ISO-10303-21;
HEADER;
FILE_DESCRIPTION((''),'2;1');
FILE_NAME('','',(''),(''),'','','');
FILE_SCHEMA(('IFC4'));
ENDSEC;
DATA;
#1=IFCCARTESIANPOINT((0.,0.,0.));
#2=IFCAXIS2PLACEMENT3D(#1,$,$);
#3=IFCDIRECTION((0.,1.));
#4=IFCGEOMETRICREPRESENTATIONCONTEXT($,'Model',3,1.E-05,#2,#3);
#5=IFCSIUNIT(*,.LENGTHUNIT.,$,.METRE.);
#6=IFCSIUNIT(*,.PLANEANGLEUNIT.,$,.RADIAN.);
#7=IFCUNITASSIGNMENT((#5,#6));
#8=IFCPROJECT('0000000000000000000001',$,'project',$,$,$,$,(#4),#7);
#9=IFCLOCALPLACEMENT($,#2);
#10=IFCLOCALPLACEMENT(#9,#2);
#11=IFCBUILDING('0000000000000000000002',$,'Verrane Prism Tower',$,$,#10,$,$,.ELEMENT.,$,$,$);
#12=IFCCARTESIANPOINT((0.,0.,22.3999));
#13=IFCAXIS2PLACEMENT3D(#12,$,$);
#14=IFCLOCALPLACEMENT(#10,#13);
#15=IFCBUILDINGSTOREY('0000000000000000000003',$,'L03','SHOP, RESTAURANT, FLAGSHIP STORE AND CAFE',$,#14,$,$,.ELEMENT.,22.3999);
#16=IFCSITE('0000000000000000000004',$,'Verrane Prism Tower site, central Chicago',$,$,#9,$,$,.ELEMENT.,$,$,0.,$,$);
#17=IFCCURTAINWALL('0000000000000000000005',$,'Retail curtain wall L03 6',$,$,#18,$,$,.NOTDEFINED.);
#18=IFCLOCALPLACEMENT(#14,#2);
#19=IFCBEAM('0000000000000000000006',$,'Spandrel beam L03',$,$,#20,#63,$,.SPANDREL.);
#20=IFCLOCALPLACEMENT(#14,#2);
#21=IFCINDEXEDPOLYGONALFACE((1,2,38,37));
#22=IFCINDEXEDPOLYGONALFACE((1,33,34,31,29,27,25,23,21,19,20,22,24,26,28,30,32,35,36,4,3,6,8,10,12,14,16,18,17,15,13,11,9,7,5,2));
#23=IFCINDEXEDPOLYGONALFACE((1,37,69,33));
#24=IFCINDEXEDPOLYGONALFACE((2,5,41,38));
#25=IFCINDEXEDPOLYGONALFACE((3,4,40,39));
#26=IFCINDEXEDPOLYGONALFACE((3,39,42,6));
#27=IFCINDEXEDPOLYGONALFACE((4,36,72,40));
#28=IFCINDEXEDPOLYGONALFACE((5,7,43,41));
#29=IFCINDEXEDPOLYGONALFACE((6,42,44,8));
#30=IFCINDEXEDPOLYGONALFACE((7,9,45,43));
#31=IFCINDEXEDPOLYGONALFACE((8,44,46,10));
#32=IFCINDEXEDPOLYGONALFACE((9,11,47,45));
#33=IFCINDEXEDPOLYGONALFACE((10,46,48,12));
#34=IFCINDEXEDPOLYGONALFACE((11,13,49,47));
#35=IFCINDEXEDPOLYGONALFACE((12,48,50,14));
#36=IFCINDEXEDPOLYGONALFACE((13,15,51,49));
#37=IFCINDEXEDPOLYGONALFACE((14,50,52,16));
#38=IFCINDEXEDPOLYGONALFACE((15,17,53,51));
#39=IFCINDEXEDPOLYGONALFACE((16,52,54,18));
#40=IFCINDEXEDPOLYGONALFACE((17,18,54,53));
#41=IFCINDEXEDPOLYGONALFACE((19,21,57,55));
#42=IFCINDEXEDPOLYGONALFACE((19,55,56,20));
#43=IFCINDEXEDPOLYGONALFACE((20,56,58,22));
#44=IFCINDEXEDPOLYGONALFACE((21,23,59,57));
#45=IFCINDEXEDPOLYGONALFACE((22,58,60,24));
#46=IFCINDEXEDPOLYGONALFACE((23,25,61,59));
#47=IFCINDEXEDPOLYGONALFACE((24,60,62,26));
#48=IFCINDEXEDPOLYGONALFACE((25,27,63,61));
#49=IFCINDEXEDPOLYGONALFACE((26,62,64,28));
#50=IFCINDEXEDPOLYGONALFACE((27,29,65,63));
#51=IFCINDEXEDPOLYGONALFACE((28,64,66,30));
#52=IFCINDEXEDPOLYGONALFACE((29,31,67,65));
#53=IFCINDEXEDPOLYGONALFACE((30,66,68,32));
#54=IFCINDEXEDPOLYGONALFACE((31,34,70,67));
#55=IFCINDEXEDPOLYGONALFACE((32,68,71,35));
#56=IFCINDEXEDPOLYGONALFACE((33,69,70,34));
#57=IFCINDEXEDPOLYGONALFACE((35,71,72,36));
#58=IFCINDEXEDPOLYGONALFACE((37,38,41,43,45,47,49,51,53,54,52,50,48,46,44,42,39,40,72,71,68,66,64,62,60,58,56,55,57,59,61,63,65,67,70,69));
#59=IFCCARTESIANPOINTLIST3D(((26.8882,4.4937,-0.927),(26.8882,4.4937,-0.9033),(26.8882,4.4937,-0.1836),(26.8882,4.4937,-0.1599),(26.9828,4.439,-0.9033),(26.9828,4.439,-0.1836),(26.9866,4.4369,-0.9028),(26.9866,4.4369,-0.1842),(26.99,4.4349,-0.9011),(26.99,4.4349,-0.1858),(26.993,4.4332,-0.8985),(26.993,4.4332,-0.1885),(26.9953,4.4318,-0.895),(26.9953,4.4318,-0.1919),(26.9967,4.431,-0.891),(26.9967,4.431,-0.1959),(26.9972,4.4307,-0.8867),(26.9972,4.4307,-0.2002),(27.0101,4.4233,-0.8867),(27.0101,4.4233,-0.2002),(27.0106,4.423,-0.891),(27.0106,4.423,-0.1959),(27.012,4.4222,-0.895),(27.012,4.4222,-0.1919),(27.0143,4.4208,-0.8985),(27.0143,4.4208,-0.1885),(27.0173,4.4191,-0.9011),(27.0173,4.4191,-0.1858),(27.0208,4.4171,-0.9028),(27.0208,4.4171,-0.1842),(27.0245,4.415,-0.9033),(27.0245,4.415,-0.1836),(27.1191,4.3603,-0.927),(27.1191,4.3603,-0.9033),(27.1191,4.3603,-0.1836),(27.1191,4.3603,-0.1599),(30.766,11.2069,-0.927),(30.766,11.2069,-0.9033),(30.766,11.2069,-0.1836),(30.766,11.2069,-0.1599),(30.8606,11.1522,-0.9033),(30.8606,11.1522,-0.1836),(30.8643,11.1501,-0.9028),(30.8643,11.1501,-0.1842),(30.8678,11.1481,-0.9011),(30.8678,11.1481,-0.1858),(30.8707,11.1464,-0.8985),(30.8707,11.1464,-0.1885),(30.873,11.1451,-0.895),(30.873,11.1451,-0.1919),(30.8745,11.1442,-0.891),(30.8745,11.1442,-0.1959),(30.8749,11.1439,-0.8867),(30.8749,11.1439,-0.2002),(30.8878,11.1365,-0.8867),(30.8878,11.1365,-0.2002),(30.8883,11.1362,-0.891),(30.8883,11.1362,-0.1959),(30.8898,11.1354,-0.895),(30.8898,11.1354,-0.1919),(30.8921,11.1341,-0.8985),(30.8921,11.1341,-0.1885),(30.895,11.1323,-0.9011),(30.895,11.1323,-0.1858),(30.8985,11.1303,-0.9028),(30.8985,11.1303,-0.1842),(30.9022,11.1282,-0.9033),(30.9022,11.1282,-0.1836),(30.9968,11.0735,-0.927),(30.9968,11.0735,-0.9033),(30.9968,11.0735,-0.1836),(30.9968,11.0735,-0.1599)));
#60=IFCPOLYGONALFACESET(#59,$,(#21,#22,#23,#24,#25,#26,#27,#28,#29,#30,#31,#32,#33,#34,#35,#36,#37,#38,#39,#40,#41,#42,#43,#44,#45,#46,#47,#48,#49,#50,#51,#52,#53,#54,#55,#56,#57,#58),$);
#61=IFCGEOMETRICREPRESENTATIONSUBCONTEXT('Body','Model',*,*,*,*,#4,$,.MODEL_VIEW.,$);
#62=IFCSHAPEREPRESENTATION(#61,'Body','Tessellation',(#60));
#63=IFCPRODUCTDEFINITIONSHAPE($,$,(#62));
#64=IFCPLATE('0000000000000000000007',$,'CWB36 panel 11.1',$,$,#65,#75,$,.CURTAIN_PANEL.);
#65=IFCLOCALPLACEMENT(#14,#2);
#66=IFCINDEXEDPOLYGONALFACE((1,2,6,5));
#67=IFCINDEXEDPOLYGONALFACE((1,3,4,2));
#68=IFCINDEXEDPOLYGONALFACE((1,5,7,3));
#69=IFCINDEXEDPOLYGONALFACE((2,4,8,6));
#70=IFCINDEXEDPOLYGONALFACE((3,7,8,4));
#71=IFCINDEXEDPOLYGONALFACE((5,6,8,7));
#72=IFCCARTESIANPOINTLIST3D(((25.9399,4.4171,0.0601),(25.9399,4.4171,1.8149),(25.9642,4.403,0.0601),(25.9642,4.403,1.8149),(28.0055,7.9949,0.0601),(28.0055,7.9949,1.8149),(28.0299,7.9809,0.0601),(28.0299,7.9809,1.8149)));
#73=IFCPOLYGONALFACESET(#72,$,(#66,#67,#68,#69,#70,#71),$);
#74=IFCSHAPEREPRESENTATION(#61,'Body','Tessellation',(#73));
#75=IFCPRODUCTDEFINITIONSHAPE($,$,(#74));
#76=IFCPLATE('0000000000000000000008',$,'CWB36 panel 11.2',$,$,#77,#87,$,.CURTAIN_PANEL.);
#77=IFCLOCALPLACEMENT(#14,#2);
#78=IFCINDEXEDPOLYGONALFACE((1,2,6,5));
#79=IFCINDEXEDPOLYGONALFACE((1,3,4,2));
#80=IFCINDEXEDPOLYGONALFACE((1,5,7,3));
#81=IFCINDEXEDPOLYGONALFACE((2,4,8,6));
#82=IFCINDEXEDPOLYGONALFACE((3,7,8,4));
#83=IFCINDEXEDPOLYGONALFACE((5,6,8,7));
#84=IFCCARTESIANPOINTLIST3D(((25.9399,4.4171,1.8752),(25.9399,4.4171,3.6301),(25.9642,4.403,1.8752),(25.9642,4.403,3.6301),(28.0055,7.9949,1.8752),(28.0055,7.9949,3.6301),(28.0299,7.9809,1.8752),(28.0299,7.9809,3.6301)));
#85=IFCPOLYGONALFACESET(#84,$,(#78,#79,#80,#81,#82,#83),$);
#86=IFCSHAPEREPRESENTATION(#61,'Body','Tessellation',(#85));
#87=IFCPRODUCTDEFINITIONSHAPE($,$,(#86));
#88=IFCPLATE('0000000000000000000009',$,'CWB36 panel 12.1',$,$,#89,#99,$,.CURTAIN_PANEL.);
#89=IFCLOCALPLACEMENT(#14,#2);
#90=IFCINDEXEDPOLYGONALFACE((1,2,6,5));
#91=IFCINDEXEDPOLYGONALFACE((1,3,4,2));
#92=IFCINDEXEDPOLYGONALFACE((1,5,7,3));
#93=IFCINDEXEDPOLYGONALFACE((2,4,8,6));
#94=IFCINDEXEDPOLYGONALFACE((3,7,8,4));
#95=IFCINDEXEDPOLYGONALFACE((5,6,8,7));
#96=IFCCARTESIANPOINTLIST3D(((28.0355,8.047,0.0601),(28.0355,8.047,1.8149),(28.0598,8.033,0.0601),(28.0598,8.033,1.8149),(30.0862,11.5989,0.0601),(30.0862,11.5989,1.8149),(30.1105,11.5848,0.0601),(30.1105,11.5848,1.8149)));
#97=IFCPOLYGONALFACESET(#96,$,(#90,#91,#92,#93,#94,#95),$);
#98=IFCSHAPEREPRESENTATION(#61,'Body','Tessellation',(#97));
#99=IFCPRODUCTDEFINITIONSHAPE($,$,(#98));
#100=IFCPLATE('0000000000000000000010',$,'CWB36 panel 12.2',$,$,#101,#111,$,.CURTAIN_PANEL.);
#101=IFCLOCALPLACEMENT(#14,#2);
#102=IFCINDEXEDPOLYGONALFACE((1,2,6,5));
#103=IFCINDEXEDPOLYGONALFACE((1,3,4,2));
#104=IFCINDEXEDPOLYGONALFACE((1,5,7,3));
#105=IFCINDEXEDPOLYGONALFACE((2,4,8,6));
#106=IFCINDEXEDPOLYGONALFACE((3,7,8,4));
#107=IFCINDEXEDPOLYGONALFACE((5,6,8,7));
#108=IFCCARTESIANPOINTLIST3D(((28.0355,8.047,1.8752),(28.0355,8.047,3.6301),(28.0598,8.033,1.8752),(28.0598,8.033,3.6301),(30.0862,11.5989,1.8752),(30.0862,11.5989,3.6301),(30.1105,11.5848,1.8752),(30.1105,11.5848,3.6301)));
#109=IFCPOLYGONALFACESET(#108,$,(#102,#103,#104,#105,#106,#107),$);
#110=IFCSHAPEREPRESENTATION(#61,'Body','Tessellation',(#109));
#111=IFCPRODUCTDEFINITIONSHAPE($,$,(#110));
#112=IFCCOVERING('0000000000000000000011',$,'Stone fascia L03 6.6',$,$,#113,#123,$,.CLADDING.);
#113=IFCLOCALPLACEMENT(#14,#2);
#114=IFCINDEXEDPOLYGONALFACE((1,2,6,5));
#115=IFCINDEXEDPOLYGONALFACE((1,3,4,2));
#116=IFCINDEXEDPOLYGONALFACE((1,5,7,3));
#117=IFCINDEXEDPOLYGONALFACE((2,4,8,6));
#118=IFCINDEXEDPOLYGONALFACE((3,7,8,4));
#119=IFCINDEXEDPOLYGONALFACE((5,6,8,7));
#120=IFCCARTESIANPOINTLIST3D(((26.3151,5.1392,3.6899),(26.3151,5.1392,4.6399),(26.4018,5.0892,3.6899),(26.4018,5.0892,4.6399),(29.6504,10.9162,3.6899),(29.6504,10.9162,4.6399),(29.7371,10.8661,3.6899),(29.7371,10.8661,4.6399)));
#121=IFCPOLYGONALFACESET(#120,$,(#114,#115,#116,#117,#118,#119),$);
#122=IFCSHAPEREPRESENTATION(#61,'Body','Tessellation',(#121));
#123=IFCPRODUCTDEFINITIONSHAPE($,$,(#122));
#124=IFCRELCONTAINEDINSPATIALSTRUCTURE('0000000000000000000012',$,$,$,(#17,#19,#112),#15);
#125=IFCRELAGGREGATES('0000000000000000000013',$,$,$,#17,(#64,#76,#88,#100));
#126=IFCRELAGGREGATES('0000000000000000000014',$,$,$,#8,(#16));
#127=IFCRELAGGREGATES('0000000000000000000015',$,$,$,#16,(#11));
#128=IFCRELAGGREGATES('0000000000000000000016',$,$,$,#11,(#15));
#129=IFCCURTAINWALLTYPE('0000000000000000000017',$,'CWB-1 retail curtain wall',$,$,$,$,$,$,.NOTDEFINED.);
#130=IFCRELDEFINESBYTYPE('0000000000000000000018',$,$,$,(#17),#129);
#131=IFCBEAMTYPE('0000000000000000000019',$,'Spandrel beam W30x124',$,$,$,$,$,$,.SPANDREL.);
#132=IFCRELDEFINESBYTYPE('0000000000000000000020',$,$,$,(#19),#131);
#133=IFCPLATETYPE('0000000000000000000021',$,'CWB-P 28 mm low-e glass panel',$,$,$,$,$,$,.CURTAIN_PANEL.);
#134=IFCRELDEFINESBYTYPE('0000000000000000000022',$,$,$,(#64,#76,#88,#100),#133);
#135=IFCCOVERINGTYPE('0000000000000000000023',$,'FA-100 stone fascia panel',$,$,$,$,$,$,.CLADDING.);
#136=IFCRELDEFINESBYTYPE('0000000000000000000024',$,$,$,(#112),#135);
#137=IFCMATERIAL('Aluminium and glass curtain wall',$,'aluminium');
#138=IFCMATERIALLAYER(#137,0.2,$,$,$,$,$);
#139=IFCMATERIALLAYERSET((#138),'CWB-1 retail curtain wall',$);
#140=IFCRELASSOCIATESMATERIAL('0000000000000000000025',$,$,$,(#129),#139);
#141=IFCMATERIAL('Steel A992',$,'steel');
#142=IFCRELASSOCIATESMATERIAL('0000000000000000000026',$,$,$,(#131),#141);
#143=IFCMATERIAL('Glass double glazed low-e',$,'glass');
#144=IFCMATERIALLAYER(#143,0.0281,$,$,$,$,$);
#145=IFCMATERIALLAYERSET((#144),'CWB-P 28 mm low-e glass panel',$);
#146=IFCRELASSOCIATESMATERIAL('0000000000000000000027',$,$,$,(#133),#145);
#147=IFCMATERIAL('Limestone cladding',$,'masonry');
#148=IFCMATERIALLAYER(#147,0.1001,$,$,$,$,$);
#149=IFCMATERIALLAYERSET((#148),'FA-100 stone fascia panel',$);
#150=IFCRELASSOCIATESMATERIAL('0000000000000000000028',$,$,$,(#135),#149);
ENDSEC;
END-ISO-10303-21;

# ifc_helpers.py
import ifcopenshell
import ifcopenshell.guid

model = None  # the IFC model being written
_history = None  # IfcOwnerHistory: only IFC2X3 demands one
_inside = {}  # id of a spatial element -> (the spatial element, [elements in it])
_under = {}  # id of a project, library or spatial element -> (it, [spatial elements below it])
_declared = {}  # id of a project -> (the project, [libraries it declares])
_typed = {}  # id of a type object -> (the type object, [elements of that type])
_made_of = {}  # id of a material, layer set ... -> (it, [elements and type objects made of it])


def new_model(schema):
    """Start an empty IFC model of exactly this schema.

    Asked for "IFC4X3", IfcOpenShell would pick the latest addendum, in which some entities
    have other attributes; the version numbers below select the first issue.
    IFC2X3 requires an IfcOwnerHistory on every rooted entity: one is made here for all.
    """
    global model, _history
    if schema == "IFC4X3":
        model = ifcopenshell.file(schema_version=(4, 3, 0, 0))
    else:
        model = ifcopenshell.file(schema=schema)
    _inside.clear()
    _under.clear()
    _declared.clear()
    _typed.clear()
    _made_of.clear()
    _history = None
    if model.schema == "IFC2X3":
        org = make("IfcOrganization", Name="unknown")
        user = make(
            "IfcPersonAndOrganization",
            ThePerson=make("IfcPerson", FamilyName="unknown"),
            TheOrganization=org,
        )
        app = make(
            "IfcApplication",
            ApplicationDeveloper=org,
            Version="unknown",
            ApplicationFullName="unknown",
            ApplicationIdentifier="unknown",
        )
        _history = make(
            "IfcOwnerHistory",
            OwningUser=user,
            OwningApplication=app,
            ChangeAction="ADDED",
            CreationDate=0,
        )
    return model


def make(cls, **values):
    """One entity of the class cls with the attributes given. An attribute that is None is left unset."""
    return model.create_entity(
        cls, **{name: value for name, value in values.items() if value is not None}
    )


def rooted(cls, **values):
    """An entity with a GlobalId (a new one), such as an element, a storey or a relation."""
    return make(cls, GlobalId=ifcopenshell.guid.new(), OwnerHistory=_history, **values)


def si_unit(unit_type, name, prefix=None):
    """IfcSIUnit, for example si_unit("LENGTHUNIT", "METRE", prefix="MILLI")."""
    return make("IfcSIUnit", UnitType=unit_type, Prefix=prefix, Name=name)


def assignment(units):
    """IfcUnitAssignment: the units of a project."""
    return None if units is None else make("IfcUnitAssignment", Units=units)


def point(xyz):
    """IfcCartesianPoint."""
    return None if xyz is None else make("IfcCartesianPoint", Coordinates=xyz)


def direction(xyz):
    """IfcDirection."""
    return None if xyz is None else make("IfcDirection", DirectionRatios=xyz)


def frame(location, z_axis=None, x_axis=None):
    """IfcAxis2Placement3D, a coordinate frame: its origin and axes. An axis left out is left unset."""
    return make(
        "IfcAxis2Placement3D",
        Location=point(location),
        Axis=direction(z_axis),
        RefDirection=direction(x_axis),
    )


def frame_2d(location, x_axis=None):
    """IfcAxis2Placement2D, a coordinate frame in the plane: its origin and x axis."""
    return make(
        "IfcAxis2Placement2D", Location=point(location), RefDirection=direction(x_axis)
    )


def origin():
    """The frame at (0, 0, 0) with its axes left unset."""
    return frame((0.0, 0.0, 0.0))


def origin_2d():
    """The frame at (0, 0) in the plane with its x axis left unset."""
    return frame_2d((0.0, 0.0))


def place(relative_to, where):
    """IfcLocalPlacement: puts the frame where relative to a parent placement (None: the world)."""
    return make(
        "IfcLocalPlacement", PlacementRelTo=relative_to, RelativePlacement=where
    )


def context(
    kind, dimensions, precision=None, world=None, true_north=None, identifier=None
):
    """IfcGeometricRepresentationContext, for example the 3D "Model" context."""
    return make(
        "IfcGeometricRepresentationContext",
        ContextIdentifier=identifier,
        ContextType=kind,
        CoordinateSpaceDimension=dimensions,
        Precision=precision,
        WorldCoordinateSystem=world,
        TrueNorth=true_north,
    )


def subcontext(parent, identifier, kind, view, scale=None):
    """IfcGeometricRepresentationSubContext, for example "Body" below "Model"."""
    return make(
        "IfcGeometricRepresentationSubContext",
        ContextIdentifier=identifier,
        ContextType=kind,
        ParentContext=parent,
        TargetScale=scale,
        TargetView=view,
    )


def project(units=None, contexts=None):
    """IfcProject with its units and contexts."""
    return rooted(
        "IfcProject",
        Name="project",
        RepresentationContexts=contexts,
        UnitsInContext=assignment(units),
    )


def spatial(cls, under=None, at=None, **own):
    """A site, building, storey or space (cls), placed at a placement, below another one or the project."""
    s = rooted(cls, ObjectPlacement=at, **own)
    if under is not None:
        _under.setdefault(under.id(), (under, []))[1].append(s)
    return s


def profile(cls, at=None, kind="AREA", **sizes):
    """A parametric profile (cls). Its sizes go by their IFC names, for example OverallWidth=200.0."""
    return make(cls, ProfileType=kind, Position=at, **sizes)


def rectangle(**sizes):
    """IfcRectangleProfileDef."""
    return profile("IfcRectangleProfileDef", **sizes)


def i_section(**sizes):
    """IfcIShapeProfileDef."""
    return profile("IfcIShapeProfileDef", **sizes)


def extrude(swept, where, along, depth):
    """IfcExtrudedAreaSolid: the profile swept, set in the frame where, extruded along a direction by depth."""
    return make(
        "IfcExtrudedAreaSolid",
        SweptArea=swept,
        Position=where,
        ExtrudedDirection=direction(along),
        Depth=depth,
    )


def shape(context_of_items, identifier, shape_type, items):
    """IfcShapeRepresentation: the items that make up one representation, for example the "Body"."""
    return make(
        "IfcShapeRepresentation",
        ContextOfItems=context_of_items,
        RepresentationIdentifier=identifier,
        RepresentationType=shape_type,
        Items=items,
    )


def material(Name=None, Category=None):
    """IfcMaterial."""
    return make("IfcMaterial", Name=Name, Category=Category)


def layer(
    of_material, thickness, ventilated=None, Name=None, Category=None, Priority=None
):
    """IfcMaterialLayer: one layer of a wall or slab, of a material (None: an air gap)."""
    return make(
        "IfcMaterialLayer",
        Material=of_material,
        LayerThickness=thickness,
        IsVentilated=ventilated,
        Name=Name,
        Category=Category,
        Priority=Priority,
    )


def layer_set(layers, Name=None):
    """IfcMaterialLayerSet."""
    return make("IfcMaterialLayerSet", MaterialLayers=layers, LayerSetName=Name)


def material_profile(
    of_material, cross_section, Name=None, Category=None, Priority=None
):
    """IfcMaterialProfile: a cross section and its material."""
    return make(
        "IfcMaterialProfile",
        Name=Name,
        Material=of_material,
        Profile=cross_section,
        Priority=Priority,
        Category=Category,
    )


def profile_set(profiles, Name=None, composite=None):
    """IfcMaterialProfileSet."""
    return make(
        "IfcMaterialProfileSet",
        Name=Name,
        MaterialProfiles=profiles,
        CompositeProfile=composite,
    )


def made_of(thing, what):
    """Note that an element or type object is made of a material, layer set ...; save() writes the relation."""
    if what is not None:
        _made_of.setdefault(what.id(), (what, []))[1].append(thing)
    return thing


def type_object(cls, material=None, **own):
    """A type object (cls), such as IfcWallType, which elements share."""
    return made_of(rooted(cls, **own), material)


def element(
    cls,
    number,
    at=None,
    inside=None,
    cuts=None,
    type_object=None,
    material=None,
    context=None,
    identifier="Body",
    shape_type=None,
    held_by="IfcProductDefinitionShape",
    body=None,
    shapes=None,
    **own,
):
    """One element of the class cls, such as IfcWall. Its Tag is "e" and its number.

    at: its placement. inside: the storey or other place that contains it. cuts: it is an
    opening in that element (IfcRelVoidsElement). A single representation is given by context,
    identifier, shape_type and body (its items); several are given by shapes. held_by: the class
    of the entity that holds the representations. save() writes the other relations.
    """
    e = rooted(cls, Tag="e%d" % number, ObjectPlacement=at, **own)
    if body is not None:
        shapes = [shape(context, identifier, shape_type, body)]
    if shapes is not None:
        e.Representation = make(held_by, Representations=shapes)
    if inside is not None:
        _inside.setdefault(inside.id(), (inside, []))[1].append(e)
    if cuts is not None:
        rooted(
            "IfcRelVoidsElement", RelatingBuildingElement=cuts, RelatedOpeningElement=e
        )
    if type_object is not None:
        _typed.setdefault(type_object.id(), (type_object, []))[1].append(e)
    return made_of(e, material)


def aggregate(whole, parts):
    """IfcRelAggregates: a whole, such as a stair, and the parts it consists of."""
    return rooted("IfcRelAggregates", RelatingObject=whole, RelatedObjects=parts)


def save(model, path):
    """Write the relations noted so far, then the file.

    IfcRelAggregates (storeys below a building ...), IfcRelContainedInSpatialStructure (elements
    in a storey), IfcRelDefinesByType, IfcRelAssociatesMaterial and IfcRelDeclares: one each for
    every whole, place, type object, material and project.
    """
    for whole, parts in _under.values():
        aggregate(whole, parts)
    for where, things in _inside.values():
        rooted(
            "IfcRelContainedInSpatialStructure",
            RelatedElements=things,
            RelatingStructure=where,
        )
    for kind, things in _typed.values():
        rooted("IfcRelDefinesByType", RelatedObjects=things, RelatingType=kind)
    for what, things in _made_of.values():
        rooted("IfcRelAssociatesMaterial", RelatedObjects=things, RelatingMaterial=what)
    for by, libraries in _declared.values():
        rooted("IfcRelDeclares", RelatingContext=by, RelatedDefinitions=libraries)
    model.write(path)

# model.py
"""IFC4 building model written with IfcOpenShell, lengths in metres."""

from ifc_helpers import new_model, si_unit, direction, frame, origin, origin_2d, place, context, subcontext, project, spatial, rectangle, i_section, extrude, material, layer, layer_set, material_profile, profile_set, type_object, element, aggregate, save


model = new_model("IFC4")

# Units and contexts
model_context = context("Model", 3, precision=1e-05, world=origin(), true_north=direction((0.0, 1.0)))
body_context = subcontext(model_context, "Body", "Model", "MODEL_VIEW")
ifc_project = project(units=[si_unit("LENGTHUNIT", "METRE"), si_unit("PLANEANGLEUNIT", "RADIAN")], contexts=[model_context])

# Site, building, storey
site_placement = place(None, origin())
site = spatial("IfcSite", under=ifc_project, at=site_placement, Name="Verrane Prism Tower site, central Chicago", CompositionType="ELEMENT", RefElevation=0.0)
building_placement = place(site_placement, origin())
building = spatial("IfcBuilding", under=site, at=building_placement, Name="Verrane Prism Tower", CompositionType="ELEMENT")
storey_placement = place(building_placement, frame((0.0, 0.0, 22.3999)))
storey = spatial("IfcBuildingStorey", under=building, at=storey_placement, Name="L03", Description="SHOP, RESTAURANT, FLAGSHIP STORE AND CAFE", CompositionType="ELEMENT", Elevation=22.3999)

# Shared definitions
ifc_material_1 = material(Name="Aluminium and glass curtain wall", Category="aluminium")
ifc_layer_1 = layer(ifc_material_1, 0.2)
ifc_layer_set_1 = layer_set([ifc_layer_1], Name="CWB-1 retail curtain wall")
curtain_wall_type = type_object("IfcCurtainWallType", Name="CWB-1 retail curtain wall", PredefinedType="NOTDEFINED", material=ifc_layer_set_1)

# Curtain wall
curtain_wall_1_placement = place(storey_placement, origin())
curtain_wall_1 = element("IfcCurtainWall", 1, at=curtain_wall_1_placement, inside=storey, type_object=curtain_wall_type, Name="Retail curtain wall L03 6", PredefinedType="NOTDEFINED")

# Beam
ifc_material_2 = material(Name="Steel A992", Category="steel")
ifc_material_profile_1 = material_profile(ifc_material_2, i_section(OverallWidth=0.2666, OverallDepth=0.7671, WebThickness=0.0149, FlangeThickness=0.0237, FilletRadius=0.0166, at=origin_2d()), Name="W30x124")
ifc_profile_set_1 = profile_set([ifc_material_profile_1], Name="Steel A992")
beam_type_1 = type_object("IfcBeamType", Name="Spandrel beam W30x124", PredefinedType="SPANDREL", material=ifc_profile_set_1)
beam_1_placement = place(storey_placement, frame((27.0037, 4.427, -0.5435), z_axis=(0.500179, 0.865922, 0.0), x_axis=(-0.865922, 0.500179, 0.0)))
element("IfcBeam", 2, at=beam_1_placement, inside=storey, type_object=beam_type_1, Name="Spandrel beam L03", PredefinedType="SPANDREL", context=body_context, shape_type="SweptSolid", body=[
    extrude(i_section(OverallWidth=0.2666, OverallDepth=0.7671, WebThickness=0.0149, FlangeThickness=0.0237, FilletRadius=0.0166, at=origin_2d()), origin(), (0.0, 0.0, 1.0), 7.7527),
])

# Plates
ifc_material_3 = material(Name="Glass double glazed low-e", Category="glass")
ifc_layer_2 = layer(ifc_material_3, 0.0281)
ifc_layer_set_2 = layer_set([ifc_layer_2], Name="CWB-P 28 mm low-e glass panel")
plate_type = type_object("IfcPlateType", Name="CWB-P 28 mm low-e glass panel", PredefinedType="CURTAIN_PANEL", material=ifc_layer_set_2)
plate_1_placement = place(storey_placement, frame((26.9849, 6.199, 0.0601), z_axis=(0.0, 0.0, 1.0), x_axis=(0.5, 0.866025, 0.0)))
plate_1 = element("IfcPlate", 3, at=plate_1_placement, type_object=plate_type, Name="CWB36 panel 11.1", PredefinedType="CURTAIN_PANEL", context=body_context, shape_type="SweptSolid", body=[
    extrude(rectangle(XDim=4.1313, YDim=0.0281, at=origin_2d()), origin(), (0.0, 0.0, 1.0), 1.7549),
])
plate_2_placement = place(storey_placement, frame((26.9849, 6.199, 1.8752), z_axis=(0.0, 0.0, 1.0), x_axis=(0.5, 0.866025, 0.0)))
plate_2 = element("IfcPlate", 4, at=plate_2_placement, type_object=plate_type, Name="CWB36 panel 11.2", PredefinedType="CURTAIN_PANEL", context=body_context, shape_type="SweptSolid", body=[
    extrude(rectangle(XDim=4.1313, YDim=0.0281, at=origin_2d()), origin(), (0.0, 0.0, 1.0), 1.7549),
])
plate_3_placement = place(storey_placement, frame((29.073, 9.8159, 0.0601), z_axis=(0.0, 0.0, 1.0), x_axis=(0.5, 0.866025, 0.0)))
plate_3 = element("IfcPlate", 5, at=plate_3_placement, type_object=plate_type, Name="CWB36 panel 12.1", PredefinedType="CURTAIN_PANEL", context=body_context, shape_type="SweptSolid", body=[
    extrude(rectangle(XDim=4.1013, YDim=0.0281, at=origin_2d()), origin(), (0.0, 0.0, 1.0), 1.7549),
])
plate_4_placement = place(storey_placement, frame((29.073, 9.8159, 1.8752), z_axis=(0.0, 0.0, 1.0), x_axis=(0.5, 0.866025, 0.0)))
plate_4 = element("IfcPlate", 6, at=plate_4_placement, type_object=plate_type, Name="CWB36 panel 12.2", PredefinedType="CURTAIN_PANEL", context=body_context, shape_type="SweptSolid", body=[
    extrude(rectangle(XDim=4.1013, YDim=0.0281, at=origin_2d()), origin(), (0.0, 0.0, 1.0), 1.7549),
])
aggregate(curtain_wall_1, [plate_1, plate_2, plate_3, plate_4])

# Covering
ifc_material_4 = material(Name="Limestone cladding", Category="masonry")
ifc_layer_3 = layer(ifc_material_4, 0.1001)
ifc_layer_set_3 = layer_set([ifc_layer_3], Name="FA-100 stone fascia panel")
covering_type = type_object("IfcCoveringType", Name="FA-100 stone fascia panel", PredefinedType="CLADDING", material=ifc_layer_set_3)
covering_placement = place(storey_placement, frame((28.0261, 8.0027, 3.6899), z_axis=(0.0, 0.0, 1.0), x_axis=(0.5, 0.866025, 0.0)))
element("IfcCovering", 7, at=covering_placement, inside=storey, type_object=covering_type, Name="Stone fascia L03 6.6", PredefinedType="CLADDING", context=body_context, shape_type="SweptSolid", body=[
    extrude(rectangle(XDim=6.6707, YDim=0.1001, at=origin_2d()), origin(), (0.0, 0.0, 1.0), 0.95),
])

save(model, "model.ifc")
